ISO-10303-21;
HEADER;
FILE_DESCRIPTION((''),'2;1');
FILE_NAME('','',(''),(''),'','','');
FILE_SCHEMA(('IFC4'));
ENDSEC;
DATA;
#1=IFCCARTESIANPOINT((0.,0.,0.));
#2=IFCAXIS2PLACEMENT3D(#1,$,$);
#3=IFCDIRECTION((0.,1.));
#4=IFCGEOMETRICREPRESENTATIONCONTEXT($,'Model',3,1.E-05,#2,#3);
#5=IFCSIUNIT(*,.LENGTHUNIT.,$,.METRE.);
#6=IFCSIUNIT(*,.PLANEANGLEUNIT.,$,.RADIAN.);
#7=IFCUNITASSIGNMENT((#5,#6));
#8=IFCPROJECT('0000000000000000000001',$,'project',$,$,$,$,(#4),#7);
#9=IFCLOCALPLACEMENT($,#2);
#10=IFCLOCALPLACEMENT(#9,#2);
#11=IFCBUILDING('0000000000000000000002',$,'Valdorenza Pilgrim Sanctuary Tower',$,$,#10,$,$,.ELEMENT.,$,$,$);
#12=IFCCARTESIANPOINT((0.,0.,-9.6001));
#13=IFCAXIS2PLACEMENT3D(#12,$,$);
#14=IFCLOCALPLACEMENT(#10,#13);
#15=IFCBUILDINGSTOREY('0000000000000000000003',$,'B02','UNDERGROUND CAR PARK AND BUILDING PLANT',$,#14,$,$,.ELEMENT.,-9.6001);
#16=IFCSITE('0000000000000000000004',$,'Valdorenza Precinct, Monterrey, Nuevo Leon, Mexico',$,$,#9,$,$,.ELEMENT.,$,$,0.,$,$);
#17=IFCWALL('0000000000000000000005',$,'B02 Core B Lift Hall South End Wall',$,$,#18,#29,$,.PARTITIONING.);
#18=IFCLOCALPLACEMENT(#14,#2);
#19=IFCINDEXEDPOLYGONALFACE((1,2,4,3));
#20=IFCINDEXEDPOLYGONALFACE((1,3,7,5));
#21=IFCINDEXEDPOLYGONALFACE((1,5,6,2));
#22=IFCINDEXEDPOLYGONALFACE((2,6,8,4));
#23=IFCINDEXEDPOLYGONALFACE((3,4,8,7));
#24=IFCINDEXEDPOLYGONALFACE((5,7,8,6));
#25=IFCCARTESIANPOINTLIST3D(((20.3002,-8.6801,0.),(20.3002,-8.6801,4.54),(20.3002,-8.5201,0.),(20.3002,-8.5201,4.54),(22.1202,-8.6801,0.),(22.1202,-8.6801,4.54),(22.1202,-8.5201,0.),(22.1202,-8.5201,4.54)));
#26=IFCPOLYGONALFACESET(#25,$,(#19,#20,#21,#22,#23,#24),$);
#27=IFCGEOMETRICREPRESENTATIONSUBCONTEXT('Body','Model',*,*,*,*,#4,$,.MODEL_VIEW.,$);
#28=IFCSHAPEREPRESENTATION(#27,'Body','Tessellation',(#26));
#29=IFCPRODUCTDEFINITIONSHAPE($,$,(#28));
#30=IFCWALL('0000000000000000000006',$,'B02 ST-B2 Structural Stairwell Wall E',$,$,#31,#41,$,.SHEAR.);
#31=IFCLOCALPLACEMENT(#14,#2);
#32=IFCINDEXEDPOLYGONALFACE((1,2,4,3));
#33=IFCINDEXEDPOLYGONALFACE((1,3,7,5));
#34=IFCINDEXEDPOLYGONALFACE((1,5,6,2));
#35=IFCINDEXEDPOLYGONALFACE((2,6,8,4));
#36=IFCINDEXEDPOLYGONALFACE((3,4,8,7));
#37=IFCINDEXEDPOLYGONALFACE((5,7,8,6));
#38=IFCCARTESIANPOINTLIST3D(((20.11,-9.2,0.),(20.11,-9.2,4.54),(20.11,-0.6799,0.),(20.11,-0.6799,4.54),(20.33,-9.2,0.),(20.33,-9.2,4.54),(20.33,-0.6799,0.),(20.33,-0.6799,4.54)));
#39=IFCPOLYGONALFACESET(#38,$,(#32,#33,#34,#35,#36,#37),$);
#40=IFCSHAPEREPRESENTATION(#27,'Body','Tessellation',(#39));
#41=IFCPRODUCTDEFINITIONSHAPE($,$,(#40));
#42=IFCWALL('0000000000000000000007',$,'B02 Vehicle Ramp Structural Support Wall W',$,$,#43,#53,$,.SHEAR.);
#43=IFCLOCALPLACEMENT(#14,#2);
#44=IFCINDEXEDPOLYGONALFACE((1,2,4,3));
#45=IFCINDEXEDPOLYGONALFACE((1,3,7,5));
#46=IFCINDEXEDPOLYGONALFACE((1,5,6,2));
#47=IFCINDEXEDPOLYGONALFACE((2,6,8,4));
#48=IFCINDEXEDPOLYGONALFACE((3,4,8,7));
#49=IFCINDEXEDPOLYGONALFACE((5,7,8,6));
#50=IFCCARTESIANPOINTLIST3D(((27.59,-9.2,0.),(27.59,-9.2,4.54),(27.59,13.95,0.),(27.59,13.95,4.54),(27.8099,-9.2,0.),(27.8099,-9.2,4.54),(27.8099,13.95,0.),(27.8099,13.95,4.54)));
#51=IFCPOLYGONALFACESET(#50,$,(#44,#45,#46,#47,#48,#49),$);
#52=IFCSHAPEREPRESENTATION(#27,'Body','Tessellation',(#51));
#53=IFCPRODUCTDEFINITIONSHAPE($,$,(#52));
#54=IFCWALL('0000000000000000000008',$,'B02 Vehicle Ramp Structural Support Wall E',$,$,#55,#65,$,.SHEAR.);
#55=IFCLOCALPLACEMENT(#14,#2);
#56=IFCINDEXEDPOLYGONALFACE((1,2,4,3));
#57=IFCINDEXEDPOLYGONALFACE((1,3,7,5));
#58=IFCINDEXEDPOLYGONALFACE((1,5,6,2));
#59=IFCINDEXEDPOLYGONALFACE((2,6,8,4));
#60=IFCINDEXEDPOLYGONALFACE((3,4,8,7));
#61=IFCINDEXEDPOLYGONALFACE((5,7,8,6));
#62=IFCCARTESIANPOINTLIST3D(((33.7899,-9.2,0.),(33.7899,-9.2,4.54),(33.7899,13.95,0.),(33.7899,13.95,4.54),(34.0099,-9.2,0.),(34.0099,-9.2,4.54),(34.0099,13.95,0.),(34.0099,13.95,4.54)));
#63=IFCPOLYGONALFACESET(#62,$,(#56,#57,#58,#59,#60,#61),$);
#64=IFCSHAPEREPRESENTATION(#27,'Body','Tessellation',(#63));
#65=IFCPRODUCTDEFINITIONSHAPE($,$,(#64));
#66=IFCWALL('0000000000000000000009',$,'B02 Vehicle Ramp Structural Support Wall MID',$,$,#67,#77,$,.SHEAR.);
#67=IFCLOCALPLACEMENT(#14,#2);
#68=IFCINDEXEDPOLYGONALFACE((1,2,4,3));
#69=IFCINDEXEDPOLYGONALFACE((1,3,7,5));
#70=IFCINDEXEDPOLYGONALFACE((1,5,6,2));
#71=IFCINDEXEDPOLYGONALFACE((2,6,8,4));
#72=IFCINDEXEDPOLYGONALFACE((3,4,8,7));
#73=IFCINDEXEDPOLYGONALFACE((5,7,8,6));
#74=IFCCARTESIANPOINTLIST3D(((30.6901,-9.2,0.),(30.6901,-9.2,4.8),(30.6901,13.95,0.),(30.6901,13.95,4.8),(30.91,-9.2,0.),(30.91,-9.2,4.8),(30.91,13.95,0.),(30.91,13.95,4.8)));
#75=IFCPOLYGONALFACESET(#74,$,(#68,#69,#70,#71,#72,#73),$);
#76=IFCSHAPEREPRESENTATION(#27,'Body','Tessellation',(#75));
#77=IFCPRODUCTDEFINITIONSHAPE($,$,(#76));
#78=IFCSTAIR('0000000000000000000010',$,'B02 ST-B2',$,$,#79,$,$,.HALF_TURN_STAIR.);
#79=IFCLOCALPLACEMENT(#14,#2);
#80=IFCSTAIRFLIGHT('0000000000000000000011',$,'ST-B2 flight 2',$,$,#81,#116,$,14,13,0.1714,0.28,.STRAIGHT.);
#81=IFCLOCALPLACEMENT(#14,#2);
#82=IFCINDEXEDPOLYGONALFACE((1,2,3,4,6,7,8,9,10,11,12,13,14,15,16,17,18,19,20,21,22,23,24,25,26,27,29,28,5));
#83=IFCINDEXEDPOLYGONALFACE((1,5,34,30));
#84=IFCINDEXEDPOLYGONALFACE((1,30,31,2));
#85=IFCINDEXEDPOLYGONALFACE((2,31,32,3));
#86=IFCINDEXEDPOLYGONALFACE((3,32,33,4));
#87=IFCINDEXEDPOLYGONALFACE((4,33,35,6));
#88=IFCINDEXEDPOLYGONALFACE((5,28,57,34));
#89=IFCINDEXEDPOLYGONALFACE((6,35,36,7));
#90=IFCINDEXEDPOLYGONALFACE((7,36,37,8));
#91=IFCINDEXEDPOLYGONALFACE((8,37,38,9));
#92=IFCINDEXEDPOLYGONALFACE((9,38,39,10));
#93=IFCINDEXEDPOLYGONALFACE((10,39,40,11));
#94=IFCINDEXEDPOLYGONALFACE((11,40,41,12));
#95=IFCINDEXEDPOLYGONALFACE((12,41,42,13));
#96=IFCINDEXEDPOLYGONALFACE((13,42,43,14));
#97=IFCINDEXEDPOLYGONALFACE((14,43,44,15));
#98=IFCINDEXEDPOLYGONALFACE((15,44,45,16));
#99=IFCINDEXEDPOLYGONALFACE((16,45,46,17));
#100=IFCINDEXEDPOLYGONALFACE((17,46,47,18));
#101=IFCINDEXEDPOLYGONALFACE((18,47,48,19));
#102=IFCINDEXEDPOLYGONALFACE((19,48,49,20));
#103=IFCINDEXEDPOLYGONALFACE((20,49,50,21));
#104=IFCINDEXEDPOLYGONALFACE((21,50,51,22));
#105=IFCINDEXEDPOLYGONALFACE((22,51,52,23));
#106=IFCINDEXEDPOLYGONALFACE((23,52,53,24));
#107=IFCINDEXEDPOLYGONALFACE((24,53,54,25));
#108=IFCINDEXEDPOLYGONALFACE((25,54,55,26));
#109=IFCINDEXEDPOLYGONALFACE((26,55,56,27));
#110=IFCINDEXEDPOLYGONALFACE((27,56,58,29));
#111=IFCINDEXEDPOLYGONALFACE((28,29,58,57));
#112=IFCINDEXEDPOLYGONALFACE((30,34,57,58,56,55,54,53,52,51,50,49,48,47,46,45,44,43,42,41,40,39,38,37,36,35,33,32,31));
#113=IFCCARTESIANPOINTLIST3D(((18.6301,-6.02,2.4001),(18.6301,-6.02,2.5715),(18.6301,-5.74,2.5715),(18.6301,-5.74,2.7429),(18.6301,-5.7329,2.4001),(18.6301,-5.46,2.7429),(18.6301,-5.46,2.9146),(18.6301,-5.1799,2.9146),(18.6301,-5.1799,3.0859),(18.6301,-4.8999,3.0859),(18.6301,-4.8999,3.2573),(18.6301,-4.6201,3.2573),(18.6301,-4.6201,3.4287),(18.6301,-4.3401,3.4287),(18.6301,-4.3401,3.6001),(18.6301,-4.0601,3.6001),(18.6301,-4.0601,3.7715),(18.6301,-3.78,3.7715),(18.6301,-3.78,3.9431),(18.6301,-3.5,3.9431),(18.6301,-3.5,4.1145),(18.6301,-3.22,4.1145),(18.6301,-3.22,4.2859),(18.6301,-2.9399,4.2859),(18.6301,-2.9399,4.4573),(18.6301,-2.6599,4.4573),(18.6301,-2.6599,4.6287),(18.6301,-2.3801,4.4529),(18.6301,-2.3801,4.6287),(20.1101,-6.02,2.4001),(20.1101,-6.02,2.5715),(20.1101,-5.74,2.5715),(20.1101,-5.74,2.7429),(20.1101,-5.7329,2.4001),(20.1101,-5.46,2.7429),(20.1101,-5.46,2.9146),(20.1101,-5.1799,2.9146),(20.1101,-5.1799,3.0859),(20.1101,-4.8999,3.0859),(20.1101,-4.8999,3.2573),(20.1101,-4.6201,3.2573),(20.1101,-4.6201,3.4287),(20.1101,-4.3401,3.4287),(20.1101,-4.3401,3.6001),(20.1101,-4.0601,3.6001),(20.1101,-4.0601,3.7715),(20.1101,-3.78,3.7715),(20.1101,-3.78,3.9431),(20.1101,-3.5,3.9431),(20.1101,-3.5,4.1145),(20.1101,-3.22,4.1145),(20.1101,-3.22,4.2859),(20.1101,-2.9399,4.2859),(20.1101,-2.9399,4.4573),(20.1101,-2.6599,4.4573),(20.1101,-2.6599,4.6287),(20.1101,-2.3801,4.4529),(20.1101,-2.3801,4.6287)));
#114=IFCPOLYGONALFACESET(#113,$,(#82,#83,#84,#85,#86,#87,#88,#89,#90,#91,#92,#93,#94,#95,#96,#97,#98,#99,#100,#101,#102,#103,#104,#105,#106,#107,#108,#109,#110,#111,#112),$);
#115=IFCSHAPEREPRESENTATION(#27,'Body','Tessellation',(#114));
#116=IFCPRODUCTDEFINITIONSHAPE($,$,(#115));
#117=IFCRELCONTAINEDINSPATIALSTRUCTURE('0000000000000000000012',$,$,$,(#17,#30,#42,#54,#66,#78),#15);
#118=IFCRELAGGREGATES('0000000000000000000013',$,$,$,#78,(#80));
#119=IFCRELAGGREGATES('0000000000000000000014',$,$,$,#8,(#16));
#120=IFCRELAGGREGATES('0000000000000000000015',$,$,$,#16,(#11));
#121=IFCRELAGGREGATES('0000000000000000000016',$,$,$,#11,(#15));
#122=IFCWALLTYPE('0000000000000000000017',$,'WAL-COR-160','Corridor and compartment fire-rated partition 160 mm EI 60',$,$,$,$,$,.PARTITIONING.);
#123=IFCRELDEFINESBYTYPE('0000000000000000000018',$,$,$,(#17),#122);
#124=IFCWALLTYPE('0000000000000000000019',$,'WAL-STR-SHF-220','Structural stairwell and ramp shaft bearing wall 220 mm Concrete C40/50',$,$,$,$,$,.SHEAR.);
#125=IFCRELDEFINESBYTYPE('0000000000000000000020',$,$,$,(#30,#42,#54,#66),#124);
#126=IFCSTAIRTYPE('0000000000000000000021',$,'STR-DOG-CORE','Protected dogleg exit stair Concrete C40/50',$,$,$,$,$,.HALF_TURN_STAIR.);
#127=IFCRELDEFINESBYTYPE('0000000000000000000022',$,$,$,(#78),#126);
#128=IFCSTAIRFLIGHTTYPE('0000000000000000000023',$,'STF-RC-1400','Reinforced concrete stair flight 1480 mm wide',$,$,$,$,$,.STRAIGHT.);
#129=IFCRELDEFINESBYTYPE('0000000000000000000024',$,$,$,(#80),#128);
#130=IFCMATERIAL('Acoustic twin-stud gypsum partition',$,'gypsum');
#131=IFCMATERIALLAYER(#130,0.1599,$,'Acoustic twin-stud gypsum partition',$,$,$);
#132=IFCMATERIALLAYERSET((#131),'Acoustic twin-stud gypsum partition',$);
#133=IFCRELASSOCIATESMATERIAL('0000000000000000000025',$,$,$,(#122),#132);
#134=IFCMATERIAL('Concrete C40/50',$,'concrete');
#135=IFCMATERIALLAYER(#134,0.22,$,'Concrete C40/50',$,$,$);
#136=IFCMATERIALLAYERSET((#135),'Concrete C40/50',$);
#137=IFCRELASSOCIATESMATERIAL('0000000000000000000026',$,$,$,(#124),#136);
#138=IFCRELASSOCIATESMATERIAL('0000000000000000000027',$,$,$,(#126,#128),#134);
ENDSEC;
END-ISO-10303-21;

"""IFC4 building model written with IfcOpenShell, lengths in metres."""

from ifc_helpers import new_model, si_unit, direction, frame, frame_2d, origin, place, context, subcontext, project, spatial, polyline, rectangle, outline, extrude, material, layer, layer_set, type_object, element, aggregate, save


model = new_model("IFC4")

# Units and contexts
model_context = context("Model", 3, precision=1e-05, world=origin(), true_north=direction((0.0, 1.0)))
body_context = subcontext(model_context, "Body", "Model", "MODEL_VIEW")
ifc_project = project(units=[si_unit("LENGTHUNIT", "METRE"), si_unit("PLANEANGLEUNIT", "RADIAN")], contexts=[model_context])

# Site, building, storey
site_placement = place(None, origin())
site = spatial("IfcSite", under=ifc_project, at=site_placement, Name="Valdorenza Precinct, Monterrey, Nuevo Leon, Mexico", CompositionType="ELEMENT", RefElevation=0.0)
building_placement = place(site_placement, origin())
building = spatial("IfcBuilding", under=site, at=building_placement, Name="Valdorenza Pilgrim Sanctuary Tower", CompositionType="ELEMENT")
storey_placement = place(building_placement, frame((0.0, 0.0, -9.6001)))
storey = spatial("IfcBuildingStorey", under=building, at=storey_placement, Name="B02", Description="UNDERGROUND CAR PARK AND BUILDING PLANT", CompositionType="ELEMENT", Elevation=-9.6001)

# Shared definitions
ifc_material_1 = material(Name="Concrete C40/50", Category="concrete")

# Wall
ifc_material_2 = material(Name="Acoustic twin-stud gypsum partition", Category="gypsum")
ifc_layer_1 = layer(ifc_material_2, 0.1599, Name="Acoustic twin-stud gypsum partition")
ifc_layer_set_1 = layer_set([ifc_layer_1], Name="Acoustic twin-stud gypsum partition")
wall_type_1 = type_object("IfcWallType", Name="WAL-COR-160", Description="Corridor and compartment fire-rated partition 160 mm EI 60", PredefinedType="PARTITIONING", material=ifc_layer_set_1)
wall_1_placement = place(storey_placement, frame((20.3, -8.6001, 0.0), z_axis=(0.0, 0.0, 1.0), x_axis=(1.0, 0.0, 0.0)))
element("IfcWall", 1, at=wall_1_placement, inside=storey, type_object=wall_type_1, Name="B02 Core B Lift Hall South End Wall", PredefinedType="PARTITIONING", context=body_context, shape_type="SweptSolid", body=[
    extrude(rectangle(XDim=1.8201, YDim=0.1599, at=frame_2d((0.9102, 0.0))), origin(), (0.0, 0.0, 1.0), 4.54),
])

# Walls
ifc_layer_2 = layer(ifc_material_1, 0.22, Name="Concrete C40/50")
ifc_layer_set_2 = layer_set([ifc_layer_2], Name="Concrete C40/50")
wall_type_2 = type_object("IfcWallType", Name="WAL-STR-SHF-220", Description="Structural stairwell and ramp shaft bearing wall 220 mm Concrete C40/50", PredefinedType="SHEAR", material=ifc_layer_set_2)
wall_2_placement = place(storey_placement, frame((20.22, -9.2, 0.0), z_axis=(0.0, 0.0, 1.0), x_axis=(0.0, 1.0, 0.0)))
element("IfcWall", 2, at=wall_2_placement, inside=storey, type_object=wall_type_2, Name="B02 ST-B2 Structural Stairwell Wall E", PredefinedType="SHEAR", context=body_context, shape_type="SweptSolid", body=[
    extrude(rectangle(XDim=8.52, YDim=0.22, at=frame_2d((4.26, 0.0))), origin(), (0.0, 0.0, 1.0), 4.54),
])
for number, where, z_axis, x_axis, name in (
    (3, (27.7, -9.2, 0.0), (0.0, 0.0, 1.0), (0.0, 1.0, 0.0), "B02 Vehicle Ramp Structural Support Wall W"),
    (4, (33.8999, -9.2, 0.0), (0.0, 0.0, 1.0), (0.0, 1.0, 0.0), "B02 Vehicle Ramp Structural Support Wall E"),
):
    element("IfcWall", number, at=place(storey_placement, frame(where, z_axis=z_axis, x_axis=x_axis)), inside=storey, type_object=wall_type_2, Name=name, PredefinedType="SHEAR", context=body_context, shape_type="SweptSolid", body=[
        extrude(rectangle(XDim=23.1499, YDim=0.22, at=frame_2d((11.575, 0.0))), origin(), (0.0, 0.0, 1.0), 4.54),
    ])
wall_3_placement = place(storey_placement, frame((30.8, -9.2, 0.0), z_axis=(0.0, 0.0, 1.0), x_axis=(0.0, 1.0, 0.0)))
element("IfcWall", 5, at=wall_3_placement, inside=storey, type_object=wall_type_2, Name="B02 Vehicle Ramp Structural Support Wall MID", PredefinedType="SHEAR", context=body_context, shape_type="SweptSolid", body=[
    extrude(rectangle(XDim=23.1499, YDim=0.22, at=frame_2d((11.575, 0.0))), origin(), (0.0, 0.0, 1.0), 4.8),
])

# Stair, stair flight
stair_type = type_object("IfcStairType", Name="STR-DOG-CORE", Description="Protected dogleg exit stair Concrete C40/50", PredefinedType="HALF_TURN_STAIR", material=ifc_material_1)
stair_placement = place(storey_placement, origin())
stair = element("IfcStair", 6, at=stair_placement, inside=storey, type_object=stair_type, Name="B02 ST-B2", PredefinedType="HALF_TURN_STAIR")
stair_flight_type = type_object("IfcStairFlightType", Name="STF-RC-1400", Description="Reinforced concrete stair flight 1480 mm wide", PredefinedType="STRAIGHT", material=ifc_material_1)
stair_flight_placement = place(storey_placement, frame((19.3701, -6.02, 2.4001), z_axis=(0.0, 0.0, 1.0), x_axis=(0.0, 1.0, 0.0)))
stair_flight = element("IfcStairFlight", 7, at=stair_flight_placement, type_object=stair_flight_type, Name="ST-B2 flight 2", NumberOfRisers=14, NumberOfTreads=13, PredefinedType="STRAIGHT", RiserHeight=0.1714, TreadLength=0.28, context=body_context, shape_type="SweptSolid", body=[
    extrude(outline(polyline([(0.0, 0.0), (0.0, 0.1714), (0.28, 0.1714), (0.28, 0.3428), (0.5601, 0.3428), (0.5601, 0.5144), (0.8401, 0.5144), (0.8401, 0.6858), (1.1201, 0.6858), (1.1201, 0.8572), (1.3999, 0.8572), (1.3999, 1.0286), (1.6799, 1.0286), (1.6799, 1.2), (1.96, 1.2), (1.96, 1.3713), (2.24, 1.3713), (2.24, 1.543), (2.52, 1.543), (2.52, 1.7144), (2.8, 1.7144), (2.8, 1.8857), (3.0801, 1.8857), (3.0801, 2.0571), (3.3601, 2.0571), (3.3601, 2.2285), (3.6399, 2.2285), (3.6399, 2.3999), (3.6399, 2.0527), (0.2871, 0.0), (0.0, 0.0)])), frame((0.0, 0.74, 0.0), z_axis=(0.0, -1.0, 0.0), x_axis=(1.0, 0.0, 0.0)), (0.0, 0.0, 1.0), 1.48),
])
aggregate(stair, [stair_flight])

save(model, "model.ifc")
